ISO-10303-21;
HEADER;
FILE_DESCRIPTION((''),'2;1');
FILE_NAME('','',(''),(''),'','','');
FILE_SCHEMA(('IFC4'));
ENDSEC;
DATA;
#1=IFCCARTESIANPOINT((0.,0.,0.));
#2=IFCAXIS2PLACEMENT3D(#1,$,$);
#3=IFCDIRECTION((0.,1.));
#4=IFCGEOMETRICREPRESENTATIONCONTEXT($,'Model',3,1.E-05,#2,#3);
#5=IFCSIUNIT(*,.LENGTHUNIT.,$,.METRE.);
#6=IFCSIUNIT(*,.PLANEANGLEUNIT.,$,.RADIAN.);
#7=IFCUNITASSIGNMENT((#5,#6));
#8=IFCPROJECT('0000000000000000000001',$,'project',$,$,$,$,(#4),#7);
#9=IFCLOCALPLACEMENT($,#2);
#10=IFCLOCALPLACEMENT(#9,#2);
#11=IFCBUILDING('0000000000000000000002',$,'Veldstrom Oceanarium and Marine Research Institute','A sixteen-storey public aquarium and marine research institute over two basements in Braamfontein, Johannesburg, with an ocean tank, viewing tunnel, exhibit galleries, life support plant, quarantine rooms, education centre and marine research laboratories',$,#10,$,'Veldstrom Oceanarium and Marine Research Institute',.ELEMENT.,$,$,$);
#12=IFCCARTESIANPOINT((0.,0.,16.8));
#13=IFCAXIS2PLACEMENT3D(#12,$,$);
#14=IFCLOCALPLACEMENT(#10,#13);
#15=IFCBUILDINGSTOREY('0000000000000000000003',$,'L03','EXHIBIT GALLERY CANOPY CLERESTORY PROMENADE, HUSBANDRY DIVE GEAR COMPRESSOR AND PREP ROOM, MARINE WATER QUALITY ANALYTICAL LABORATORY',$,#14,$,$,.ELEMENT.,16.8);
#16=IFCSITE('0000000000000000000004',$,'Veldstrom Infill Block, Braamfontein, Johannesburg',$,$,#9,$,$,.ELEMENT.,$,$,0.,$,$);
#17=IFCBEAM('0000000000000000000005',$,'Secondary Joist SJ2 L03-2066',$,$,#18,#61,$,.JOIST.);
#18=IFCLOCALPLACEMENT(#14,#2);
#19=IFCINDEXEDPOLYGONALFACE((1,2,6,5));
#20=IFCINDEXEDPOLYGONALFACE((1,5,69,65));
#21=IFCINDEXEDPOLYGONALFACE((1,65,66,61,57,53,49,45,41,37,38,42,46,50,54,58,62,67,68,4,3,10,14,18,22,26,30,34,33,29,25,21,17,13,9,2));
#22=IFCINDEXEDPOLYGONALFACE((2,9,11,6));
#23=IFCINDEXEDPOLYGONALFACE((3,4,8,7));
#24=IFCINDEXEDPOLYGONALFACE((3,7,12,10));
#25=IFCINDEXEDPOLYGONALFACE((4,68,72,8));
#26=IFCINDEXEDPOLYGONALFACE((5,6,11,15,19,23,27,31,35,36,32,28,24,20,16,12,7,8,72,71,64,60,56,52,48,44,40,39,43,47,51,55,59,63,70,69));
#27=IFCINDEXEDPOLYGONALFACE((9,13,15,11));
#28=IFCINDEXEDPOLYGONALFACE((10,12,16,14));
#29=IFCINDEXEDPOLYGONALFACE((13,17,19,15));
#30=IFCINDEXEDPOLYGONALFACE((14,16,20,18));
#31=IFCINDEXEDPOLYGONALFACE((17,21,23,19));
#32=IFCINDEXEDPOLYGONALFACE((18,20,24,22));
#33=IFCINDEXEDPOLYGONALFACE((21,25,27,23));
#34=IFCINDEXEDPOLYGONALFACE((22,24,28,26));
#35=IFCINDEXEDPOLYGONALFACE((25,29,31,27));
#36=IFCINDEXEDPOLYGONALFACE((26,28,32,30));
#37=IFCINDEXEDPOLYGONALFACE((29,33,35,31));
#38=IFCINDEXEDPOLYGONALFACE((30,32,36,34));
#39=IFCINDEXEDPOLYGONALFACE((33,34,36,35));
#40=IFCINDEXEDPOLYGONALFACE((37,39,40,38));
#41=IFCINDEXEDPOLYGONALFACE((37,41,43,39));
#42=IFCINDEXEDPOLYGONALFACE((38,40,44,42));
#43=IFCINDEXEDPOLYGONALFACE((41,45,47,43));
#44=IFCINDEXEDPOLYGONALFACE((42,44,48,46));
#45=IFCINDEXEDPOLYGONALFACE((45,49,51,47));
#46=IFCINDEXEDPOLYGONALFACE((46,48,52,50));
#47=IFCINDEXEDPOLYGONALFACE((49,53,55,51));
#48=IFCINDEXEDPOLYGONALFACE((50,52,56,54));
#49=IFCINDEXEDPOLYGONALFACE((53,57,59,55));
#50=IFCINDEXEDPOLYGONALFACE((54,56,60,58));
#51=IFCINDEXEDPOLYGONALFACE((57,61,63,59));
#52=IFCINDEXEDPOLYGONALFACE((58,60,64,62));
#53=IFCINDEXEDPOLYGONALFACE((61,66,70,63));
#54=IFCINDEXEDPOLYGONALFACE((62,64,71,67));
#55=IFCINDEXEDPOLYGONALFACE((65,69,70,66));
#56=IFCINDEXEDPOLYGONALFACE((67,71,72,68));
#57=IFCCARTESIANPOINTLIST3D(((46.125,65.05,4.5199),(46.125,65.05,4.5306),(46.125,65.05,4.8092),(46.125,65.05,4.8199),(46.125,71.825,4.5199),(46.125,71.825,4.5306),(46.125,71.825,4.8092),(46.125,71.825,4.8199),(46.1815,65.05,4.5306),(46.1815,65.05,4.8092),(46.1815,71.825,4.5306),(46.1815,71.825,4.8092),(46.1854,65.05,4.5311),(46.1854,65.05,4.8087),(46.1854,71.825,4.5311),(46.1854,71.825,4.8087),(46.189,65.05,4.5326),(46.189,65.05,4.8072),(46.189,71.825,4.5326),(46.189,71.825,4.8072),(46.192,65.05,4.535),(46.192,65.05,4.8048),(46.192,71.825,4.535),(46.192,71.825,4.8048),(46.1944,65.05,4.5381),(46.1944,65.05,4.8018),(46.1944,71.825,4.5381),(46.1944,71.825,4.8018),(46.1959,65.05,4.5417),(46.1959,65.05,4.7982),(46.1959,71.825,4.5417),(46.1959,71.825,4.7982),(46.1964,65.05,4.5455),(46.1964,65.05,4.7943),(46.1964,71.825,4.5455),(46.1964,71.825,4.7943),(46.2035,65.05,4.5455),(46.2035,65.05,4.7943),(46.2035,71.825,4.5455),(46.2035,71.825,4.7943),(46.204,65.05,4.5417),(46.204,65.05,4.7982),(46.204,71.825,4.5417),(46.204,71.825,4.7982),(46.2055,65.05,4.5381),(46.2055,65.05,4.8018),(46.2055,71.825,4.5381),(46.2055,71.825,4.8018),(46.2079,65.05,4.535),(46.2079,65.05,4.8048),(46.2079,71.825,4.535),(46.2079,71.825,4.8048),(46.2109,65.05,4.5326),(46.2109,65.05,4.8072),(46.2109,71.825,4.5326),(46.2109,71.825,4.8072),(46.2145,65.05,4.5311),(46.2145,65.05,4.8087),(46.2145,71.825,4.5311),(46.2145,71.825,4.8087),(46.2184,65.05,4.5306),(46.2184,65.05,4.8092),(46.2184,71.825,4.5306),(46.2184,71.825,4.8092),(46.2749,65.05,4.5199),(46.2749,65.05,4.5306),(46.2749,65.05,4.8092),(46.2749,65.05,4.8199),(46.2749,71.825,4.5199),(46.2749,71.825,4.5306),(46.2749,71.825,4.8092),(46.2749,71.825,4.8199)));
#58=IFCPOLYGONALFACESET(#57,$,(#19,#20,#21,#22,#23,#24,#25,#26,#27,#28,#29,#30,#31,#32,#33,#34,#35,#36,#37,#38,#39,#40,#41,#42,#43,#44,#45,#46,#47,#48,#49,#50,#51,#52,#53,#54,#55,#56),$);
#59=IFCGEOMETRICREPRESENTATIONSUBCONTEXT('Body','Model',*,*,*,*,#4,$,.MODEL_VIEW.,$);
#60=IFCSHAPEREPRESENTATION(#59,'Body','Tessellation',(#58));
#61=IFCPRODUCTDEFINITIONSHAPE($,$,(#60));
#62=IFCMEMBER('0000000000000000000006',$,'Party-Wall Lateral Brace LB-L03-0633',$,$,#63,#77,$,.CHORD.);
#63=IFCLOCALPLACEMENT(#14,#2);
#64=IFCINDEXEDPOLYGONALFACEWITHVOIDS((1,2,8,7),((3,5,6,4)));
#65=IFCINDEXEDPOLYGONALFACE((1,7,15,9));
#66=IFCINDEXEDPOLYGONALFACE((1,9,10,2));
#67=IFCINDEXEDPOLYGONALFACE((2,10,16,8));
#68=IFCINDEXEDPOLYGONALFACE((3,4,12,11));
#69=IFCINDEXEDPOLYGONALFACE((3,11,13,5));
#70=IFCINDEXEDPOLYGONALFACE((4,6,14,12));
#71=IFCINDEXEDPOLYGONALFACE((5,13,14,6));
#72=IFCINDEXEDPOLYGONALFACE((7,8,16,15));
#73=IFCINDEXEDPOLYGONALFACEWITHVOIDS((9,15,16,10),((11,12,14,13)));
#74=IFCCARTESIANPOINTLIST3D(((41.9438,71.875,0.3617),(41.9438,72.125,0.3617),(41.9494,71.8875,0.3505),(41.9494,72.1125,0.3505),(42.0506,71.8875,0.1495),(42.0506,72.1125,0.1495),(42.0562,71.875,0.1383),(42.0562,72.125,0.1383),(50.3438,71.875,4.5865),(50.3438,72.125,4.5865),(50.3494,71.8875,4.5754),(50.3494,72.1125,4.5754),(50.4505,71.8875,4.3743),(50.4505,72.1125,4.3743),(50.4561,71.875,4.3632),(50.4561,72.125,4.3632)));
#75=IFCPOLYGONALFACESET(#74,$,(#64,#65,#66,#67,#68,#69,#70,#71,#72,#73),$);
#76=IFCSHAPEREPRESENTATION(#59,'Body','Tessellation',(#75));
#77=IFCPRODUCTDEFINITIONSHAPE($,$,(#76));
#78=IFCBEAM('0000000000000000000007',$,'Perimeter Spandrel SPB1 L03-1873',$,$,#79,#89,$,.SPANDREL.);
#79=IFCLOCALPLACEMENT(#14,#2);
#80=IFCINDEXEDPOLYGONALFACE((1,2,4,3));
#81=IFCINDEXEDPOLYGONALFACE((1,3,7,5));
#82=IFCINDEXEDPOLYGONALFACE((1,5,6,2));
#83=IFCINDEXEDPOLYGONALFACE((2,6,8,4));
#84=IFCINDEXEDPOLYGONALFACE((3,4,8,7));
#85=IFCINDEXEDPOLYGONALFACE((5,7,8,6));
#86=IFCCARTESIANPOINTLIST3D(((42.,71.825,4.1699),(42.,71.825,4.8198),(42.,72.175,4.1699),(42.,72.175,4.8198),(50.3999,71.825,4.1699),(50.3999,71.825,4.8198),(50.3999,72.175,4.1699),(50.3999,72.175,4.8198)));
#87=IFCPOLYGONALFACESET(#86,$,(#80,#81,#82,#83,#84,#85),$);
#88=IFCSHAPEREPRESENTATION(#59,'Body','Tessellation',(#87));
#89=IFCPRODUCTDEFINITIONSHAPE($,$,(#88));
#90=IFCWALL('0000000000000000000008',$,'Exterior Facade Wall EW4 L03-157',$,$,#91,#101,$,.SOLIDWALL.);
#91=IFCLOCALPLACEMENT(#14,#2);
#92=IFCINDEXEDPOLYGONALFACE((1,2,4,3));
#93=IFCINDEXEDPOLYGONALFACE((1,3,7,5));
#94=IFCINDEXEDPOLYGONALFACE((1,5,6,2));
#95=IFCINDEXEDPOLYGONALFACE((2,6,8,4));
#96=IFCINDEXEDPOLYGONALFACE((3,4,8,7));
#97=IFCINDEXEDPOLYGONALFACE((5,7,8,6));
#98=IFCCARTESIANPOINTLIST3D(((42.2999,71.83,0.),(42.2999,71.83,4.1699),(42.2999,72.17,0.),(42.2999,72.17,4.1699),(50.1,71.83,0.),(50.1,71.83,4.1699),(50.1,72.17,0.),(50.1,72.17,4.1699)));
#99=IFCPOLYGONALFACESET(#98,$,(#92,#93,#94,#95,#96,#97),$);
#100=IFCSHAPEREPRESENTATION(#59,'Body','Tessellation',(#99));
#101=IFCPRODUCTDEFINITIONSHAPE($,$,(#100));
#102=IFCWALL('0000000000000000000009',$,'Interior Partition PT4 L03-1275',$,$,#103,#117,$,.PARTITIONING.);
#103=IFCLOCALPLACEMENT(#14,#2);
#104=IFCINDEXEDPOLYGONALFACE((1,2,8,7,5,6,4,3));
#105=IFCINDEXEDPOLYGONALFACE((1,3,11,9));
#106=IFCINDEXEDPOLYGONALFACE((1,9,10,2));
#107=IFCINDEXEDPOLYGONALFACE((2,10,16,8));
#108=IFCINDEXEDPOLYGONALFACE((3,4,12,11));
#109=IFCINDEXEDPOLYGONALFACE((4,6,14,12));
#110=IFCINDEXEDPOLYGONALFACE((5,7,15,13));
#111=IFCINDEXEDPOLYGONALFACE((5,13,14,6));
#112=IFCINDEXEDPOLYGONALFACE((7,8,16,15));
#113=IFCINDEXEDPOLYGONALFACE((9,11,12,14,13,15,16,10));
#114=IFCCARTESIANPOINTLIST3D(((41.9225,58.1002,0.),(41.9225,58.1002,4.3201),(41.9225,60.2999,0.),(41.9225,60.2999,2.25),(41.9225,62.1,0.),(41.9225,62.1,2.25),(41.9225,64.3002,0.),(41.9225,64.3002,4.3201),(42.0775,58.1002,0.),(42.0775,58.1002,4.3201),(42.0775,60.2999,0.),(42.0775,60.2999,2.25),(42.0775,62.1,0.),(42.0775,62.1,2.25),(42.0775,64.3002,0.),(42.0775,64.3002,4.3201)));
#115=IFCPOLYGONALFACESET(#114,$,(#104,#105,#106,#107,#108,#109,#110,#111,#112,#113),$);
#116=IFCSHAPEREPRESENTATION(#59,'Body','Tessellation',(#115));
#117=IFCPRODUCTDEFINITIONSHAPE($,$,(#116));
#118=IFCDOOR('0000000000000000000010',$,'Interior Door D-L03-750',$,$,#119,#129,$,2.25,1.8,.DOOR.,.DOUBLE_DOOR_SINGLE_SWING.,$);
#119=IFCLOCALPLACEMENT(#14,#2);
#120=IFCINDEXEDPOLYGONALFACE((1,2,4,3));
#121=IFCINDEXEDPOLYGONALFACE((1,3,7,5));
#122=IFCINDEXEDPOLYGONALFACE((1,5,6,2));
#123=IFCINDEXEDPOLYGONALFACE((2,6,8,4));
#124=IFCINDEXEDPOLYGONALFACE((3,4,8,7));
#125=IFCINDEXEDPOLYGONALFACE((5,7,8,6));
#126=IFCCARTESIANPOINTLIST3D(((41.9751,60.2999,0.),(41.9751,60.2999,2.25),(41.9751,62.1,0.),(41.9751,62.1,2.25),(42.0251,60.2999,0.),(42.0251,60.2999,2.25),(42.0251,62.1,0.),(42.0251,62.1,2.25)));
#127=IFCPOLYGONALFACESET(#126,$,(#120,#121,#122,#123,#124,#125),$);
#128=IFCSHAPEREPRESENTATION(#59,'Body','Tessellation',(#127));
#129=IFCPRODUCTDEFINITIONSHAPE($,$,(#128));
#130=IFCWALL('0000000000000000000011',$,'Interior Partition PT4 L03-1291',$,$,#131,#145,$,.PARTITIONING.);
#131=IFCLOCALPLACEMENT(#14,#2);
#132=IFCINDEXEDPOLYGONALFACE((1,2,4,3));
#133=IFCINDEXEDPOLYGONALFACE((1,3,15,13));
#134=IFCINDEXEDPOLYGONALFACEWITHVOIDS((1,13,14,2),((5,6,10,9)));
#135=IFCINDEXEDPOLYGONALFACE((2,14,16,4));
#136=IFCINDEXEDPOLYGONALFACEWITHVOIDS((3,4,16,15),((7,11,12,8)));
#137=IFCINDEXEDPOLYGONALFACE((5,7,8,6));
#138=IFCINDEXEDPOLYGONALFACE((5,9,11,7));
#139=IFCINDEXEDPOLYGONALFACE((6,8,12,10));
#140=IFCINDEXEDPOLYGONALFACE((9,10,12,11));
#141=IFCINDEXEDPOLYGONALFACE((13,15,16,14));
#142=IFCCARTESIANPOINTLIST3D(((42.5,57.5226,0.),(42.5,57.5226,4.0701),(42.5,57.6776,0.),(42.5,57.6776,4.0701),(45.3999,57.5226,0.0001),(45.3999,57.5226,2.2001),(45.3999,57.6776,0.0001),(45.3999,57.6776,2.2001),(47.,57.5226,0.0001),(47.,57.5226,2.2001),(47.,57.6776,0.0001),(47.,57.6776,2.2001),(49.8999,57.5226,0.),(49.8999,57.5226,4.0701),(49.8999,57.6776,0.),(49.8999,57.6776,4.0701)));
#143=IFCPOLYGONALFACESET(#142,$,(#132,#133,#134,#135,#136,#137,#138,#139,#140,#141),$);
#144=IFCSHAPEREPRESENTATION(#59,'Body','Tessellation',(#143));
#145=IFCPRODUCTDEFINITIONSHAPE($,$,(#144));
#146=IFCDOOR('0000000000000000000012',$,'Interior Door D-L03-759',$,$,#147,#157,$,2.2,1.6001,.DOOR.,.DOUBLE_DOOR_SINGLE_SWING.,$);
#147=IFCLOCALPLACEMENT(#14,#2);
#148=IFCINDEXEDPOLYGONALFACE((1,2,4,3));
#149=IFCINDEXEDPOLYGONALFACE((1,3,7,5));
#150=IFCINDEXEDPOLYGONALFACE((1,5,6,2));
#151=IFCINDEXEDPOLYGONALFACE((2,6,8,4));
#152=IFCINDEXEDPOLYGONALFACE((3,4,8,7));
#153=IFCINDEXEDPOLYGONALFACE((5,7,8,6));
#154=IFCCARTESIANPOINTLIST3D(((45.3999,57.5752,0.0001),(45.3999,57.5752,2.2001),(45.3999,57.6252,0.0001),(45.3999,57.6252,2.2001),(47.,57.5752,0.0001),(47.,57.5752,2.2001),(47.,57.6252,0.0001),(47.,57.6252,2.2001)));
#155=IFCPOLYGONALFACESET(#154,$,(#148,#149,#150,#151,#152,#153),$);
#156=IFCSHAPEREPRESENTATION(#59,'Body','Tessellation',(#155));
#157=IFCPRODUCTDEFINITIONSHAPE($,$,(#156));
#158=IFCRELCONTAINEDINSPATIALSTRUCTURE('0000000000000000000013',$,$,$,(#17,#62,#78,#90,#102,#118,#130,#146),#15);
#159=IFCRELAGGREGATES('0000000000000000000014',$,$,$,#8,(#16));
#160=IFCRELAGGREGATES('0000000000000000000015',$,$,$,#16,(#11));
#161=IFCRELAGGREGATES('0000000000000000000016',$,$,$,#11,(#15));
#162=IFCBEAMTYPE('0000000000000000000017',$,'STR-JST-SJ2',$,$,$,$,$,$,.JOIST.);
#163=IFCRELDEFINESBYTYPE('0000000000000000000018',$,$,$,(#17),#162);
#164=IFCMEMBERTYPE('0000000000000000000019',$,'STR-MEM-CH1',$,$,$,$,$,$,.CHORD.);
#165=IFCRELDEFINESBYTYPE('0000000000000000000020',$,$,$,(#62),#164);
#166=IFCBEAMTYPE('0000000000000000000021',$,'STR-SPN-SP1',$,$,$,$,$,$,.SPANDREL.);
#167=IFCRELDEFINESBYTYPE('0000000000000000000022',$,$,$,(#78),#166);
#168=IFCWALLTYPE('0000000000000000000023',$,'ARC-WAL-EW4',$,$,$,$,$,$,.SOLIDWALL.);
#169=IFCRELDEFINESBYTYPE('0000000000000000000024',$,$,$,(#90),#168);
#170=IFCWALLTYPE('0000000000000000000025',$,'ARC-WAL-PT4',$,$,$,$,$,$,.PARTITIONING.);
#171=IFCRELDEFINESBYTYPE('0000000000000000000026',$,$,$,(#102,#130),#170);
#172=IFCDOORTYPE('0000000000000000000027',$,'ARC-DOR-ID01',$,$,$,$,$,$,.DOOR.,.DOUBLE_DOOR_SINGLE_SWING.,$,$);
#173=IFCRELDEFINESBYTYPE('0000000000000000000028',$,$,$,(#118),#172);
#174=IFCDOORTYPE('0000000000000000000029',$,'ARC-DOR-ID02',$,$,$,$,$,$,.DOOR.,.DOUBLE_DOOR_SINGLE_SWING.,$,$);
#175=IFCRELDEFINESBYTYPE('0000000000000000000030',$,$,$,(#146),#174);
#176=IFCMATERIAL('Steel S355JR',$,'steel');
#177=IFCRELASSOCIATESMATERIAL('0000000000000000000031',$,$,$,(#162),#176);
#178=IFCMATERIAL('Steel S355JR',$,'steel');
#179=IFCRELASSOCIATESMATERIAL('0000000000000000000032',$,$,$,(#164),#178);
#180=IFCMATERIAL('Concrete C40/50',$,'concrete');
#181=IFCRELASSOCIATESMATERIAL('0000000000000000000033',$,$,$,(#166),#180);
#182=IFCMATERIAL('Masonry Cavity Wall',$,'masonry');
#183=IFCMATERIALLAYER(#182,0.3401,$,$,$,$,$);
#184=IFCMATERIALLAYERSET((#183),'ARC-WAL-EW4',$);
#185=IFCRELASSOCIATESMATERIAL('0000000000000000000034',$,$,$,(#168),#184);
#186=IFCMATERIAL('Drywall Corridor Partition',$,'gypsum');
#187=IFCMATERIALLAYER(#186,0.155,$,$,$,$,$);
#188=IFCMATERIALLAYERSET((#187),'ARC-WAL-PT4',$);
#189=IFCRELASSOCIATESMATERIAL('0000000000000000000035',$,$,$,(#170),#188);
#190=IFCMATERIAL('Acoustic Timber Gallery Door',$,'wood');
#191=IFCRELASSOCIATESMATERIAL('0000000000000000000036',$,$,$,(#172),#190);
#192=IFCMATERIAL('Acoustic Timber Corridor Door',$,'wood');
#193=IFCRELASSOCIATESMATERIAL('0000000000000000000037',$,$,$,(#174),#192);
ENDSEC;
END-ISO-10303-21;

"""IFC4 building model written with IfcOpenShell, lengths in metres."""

from ifc_helpers import new_model, si_unit, direction, frame, frame_2d, origin, origin_2d, place, context, subcontext, project, spatial, rectangle, hollow_rectangle, i_section, extrude, material, layer, layer_set, material_profile, profile_set, type_object, element, fill, save


model = new_model("IFC4")

# Units and contexts
model_context = context("Model", 3, precision=1e-05, world=origin(), true_north=direction((0.0, 1.0)))
body_context = subcontext(model_context, "Body", "Model", "MODEL_VIEW")
ifc_project = project(units=[si_unit("LENGTHUNIT", "METRE"), si_unit("PLANEANGLEUNIT", "RADIAN")], contexts=[model_context])

# Site, building, storey
site_placement = place(None, origin())
site = spatial("IfcSite", under=ifc_project, at=site_placement, Name="Veldstrom Infill Block, Braamfontein, Johannesburg", CompositionType="ELEMENT", RefElevation=0.0)
building_placement = place(site_placement, origin())
building = spatial("IfcBuilding", under=site, at=building_placement, Name="Veldstrom Oceanarium and Marine Research Institute", Description="A sixteen-storey public aquarium and marine research institute over two basements in Braamfontein, Johannesburg, with an ocean tank, viewing tunnel, exhibit galleries, life support plant, quarantine rooms, education centre and marine research laboratories", LongName="Veldstrom Oceanarium and Marine Research Institute", CompositionType="ELEMENT")
storey_placement = place(building_placement, frame((0.0, 0.0, 16.8)))
storey = spatial("IfcBuildingStorey", under=building, at=storey_placement, Name="L03", Description="EXHIBIT GALLERY CANOPY CLERESTORY PROMENADE, HUSBANDRY DIVE GEAR COMPRESSOR AND PREP ROOM, MARINE WATER QUALITY ANALYTICAL LABORATORY", CompositionType="ELEMENT", Elevation=16.8)

# Beam
ifc_material_1 = material(Name="Steel S355JR", Category="steel")
ifc_material_profile_1 = material_profile(ifc_material_1, i_section(OverallWidth=0.1499, OverallDepth=0.3, WebThickness=0.0071, FlangeThickness=0.0107, FilletRadius=0.0149, at=origin_2d()), Name="IPE 300")
ifc_profile_set_1 = profile_set([ifc_material_profile_1], Name="Steel S355JR")
beam_type_1 = type_object("IfcBeamType", Name="STR-JST-SJ2", PredefinedType="JOIST", material=ifc_profile_set_1)
beam_1_placement = place(storey_placement, frame((46.2, 65.05, 4.6699), z_axis=(0.0, 1.0, 0.0), x_axis=(-1.0, 0.0, 0.0)))
element("IfcBeam", 1, at=beam_1_placement, inside=storey, type_object=beam_type_1, Name="Secondary Joist SJ2 L03-2066", PredefinedType="JOIST", context=body_context, shape_type="SweptSolid", body=[
    extrude(i_section(OverallWidth=0.1499, OverallDepth=0.3, WebThickness=0.0071, FlangeThickness=0.0107, FilletRadius=0.0149, at=origin_2d()), origin(), (0.0, 0.0, 1.0), 6.7749),
])

# Member
ifc_material_2 = material(Name="Steel S355JR", Category="steel")
ifc_material_profile_2 = material_profile(ifc_material_2, hollow_rectangle(XDim=0.25, YDim=0.25, WallThickness=0.0125, at=origin_2d()), Name="SHS 250x250x12.5")
ifc_profile_set_2 = profile_set([ifc_material_profile_2], Name="Steel S355JR")
member_type = type_object("IfcMemberType", Name="STR-MEM-CH1", PredefinedType="CHORD", material=ifc_profile_set_2)
member_placement = place(storey_placement, frame((42.0, 72.0, 0.25), z_axis=(0.893365, 0.0, 0.449331), x_axis=(0.0, 1.0, 0.0)))
element("IfcMember", 2, at=member_placement, inside=storey, type_object=member_type, Name="Party-Wall Lateral Brace LB-L03-0633", PredefinedType="CHORD", context=body_context, shape_type="SweptSolid", body=[
    extrude(hollow_rectangle(XDim=0.25, YDim=0.25, WallThickness=0.0125, at=origin_2d()), origin(), (0.0, 0.0, 1.0), 9.4026),
])

# Beam
ifc_material_3 = material(Name="Concrete C40/50", Category="concrete")
ifc_material_profile_3 = material_profile(ifc_material_3, rectangle(XDim=0.3501, YDim=0.6499, at=origin_2d()), Name="RC-SPN-350x650")
ifc_profile_set_3 = profile_set([ifc_material_profile_3], Name="Concrete C40/50")
beam_type_2 = type_object("IfcBeamType", Name="STR-SPN-SP1", PredefinedType="SPANDREL", material=ifc_profile_set_3)
beam_2_placement = place(storey_placement, frame((42.0, 72.0, 4.4949), z_axis=(1.0, 0.0, 0.0), x_axis=(0.0, 1.0, 0.0)))
element("IfcBeam", 3, at=beam_2_placement, inside=storey, type_object=beam_type_2, Name="Perimeter Spandrel SPB1 L03-1873", PredefinedType="SPANDREL", context=body_context, shape_type="SweptSolid", body=[
    extrude(rectangle(XDim=0.3501, YDim=0.6499, at=origin_2d()), origin(), (0.0, 0.0, 1.0), 8.3999),
])

# Wall
ifc_material_4 = material(Name="Masonry Cavity Wall", Category="masonry")
ifc_layer_1 = layer(ifc_material_4, 0.3401)
ifc_layer_set_1 = layer_set([ifc_layer_1], Name="ARC-WAL-EW4")
wall_type_1 = type_object("IfcWallType", Name="ARC-WAL-EW4", PredefinedType="SOLIDWALL", material=ifc_layer_set_1)
wall_1_placement = place(storey_placement, frame((42.3, 72.0, 0.0), z_axis=(0.0, 0.0, 1.0), x_axis=(1.0, 0.0, 0.0)))
element("IfcWall", 4, at=wall_1_placement, inside=storey, type_object=wall_type_1, Name="Exterior Facade Wall EW4 L03-157", PredefinedType="SOLIDWALL", context=body_context, shape_type="SweptSolid", body=[
    extrude(rectangle(XDim=7.8, YDim=0.3401, at=frame_2d((3.8999, 0.0))), origin(), (0.0, 0.0, 1.0), 4.1699),
])

# Walls, openings, doors
ifc_material_5 = material(Name="Drywall Corridor Partition", Category="gypsum")
ifc_layer_2 = layer(ifc_material_5, 0.155)
ifc_layer_set_2 = layer_set([ifc_layer_2], Name="ARC-WAL-PT4")
wall_type_2 = type_object("IfcWallType", Name="ARC-WAL-PT4", PredefinedType="PARTITIONING", material=ifc_layer_set_2)
wall_2_placement = place(storey_placement, frame((42.0, 58.1001, 0.0), z_axis=(0.0, 0.0, 1.0), x_axis=(0.0, 1.0, 0.0)))
wall_2 = element("IfcWall", 5, at=wall_2_placement, inside=storey, type_object=wall_type_2, Name="Interior Partition PT4 L03-1275", PredefinedType="PARTITIONING", context=body_context, shape_type="SweptSolid", body=[
    extrude(rectangle(XDim=6.2, YDim=0.155, at=frame_2d((3.1001, 0.0))), origin(), (0.0, 0.0, 1.0), 4.3201),
])
opening_1_placement = place(wall_2_placement, frame((2.2, 0.0, 0.0)))
opening_1 = element("IfcOpeningElement", 6, at=opening_1_placement, cuts=wall_2, PredefinedType="OPENING", context=body_context, shape_type="SweptSolid", body=[
    extrude(rectangle(XDim=1.8, YDim=2.25, at=frame_2d((0.8999, 1.125))), frame((0.0, 0.0874, 0.0), z_axis=(0.0, -1.0, 0.0), x_axis=(1.0, 0.0, 0.0)), (0.0, 0.0, 1.0), 0.175),
])
ifc_material_6 = material(Name="Acoustic Timber Gallery Door", Category="wood")
door_type_1 = type_object("IfcDoorType", Name="ARC-DOR-ID01", OperationType="DOUBLE_DOOR_SINGLE_SWING", PredefinedType="DOOR", material=ifc_material_6)
door_1_placement = place(opening_1_placement, origin())
door_1 = element("IfcDoor", 7, at=door_1_placement, inside=storey, type_object=door_type_1, Name="Interior Door D-L03-750", OperationType="DOUBLE_DOOR_SINGLE_SWING", OverallHeight=2.25, OverallWidth=1.8, PredefinedType="DOOR", context=body_context, shape_type="SweptSolid", body=[
    extrude(rectangle(XDim=1.8, YDim=2.25, at=frame_2d((0.8999, 1.125))), frame((0.0, 0.0249, 0.0), z_axis=(0.0, -1.0, 0.0), x_axis=(1.0, 0.0, 0.0)), (0.0, 0.0, 1.0), 0.05),
])
fill(opening_1, door_1)
wall_3_placement = place(storey_placement, frame((42.5, 57.6001, 0.0), z_axis=(0.0, 0.0, 1.0), x_axis=(1.0, 0.0, 0.0)))
wall_3 = element("IfcWall", 8, at=wall_3_placement, inside=storey, type_object=wall_type_2, Name="Interior Partition PT4 L03-1291", PredefinedType="PARTITIONING", context=body_context, shape_type="SweptSolid", body=[
    extrude(rectangle(XDim=7.3999, YDim=0.155, at=frame_2d((3.7, 0.0))), origin(), (0.0, 0.0, 1.0), 4.0701),
])
opening_2_placement = place(wall_3_placement, frame((2.8999, 0.0, 0.0)))
opening_2 = element("IfcOpeningElement", 9, at=opening_2_placement, cuts=wall_3, PredefinedType="OPENING", context=body_context, shape_type="SweptSolid", body=[
    extrude(rectangle(XDim=1.6001, YDim=2.2, at=frame_2d((0.8, 1.1001))), frame((0.0, 0.0874, 0.0), z_axis=(0.0, -1.0, 0.0), x_axis=(1.0, 0.0, 0.0)), (0.0, 0.0, 1.0), 0.175),
])
ifc_material_7 = material(Name="Acoustic Timber Corridor Door", Category="wood")
door_type_2 = type_object("IfcDoorType", Name="ARC-DOR-ID02", OperationType="DOUBLE_DOOR_SINGLE_SWING", PredefinedType="DOOR", material=ifc_material_7)
door_2_placement = place(opening_2_placement, frame((1.6001, 0.0, 0.0), z_axis=(0.0, 0.0, 1.0), x_axis=(-1.0, 0.0, 0.0)))
door_2 = element("IfcDoor", 10, at=door_2_placement, inside=storey, type_object=door_type_2, Name="Interior Door D-L03-759", OperationType="DOUBLE_DOOR_SINGLE_SWING", OverallHeight=2.2, OverallWidth=1.6001, PredefinedType="DOOR", context=body_context, shape_type="SweptSolid", body=[
    extrude(rectangle(XDim=1.6001, YDim=2.2, at=frame_2d((0.8, 1.1001))), frame((0.0, 0.0249, 0.0), z_axis=(0.0, -1.0, 0.0), x_axis=(1.0, 0.0, 0.0)), (0.0, 0.0, 1.0), 0.05),
])
fill(opening_2, door_2)

save(model, "model.ifc")
